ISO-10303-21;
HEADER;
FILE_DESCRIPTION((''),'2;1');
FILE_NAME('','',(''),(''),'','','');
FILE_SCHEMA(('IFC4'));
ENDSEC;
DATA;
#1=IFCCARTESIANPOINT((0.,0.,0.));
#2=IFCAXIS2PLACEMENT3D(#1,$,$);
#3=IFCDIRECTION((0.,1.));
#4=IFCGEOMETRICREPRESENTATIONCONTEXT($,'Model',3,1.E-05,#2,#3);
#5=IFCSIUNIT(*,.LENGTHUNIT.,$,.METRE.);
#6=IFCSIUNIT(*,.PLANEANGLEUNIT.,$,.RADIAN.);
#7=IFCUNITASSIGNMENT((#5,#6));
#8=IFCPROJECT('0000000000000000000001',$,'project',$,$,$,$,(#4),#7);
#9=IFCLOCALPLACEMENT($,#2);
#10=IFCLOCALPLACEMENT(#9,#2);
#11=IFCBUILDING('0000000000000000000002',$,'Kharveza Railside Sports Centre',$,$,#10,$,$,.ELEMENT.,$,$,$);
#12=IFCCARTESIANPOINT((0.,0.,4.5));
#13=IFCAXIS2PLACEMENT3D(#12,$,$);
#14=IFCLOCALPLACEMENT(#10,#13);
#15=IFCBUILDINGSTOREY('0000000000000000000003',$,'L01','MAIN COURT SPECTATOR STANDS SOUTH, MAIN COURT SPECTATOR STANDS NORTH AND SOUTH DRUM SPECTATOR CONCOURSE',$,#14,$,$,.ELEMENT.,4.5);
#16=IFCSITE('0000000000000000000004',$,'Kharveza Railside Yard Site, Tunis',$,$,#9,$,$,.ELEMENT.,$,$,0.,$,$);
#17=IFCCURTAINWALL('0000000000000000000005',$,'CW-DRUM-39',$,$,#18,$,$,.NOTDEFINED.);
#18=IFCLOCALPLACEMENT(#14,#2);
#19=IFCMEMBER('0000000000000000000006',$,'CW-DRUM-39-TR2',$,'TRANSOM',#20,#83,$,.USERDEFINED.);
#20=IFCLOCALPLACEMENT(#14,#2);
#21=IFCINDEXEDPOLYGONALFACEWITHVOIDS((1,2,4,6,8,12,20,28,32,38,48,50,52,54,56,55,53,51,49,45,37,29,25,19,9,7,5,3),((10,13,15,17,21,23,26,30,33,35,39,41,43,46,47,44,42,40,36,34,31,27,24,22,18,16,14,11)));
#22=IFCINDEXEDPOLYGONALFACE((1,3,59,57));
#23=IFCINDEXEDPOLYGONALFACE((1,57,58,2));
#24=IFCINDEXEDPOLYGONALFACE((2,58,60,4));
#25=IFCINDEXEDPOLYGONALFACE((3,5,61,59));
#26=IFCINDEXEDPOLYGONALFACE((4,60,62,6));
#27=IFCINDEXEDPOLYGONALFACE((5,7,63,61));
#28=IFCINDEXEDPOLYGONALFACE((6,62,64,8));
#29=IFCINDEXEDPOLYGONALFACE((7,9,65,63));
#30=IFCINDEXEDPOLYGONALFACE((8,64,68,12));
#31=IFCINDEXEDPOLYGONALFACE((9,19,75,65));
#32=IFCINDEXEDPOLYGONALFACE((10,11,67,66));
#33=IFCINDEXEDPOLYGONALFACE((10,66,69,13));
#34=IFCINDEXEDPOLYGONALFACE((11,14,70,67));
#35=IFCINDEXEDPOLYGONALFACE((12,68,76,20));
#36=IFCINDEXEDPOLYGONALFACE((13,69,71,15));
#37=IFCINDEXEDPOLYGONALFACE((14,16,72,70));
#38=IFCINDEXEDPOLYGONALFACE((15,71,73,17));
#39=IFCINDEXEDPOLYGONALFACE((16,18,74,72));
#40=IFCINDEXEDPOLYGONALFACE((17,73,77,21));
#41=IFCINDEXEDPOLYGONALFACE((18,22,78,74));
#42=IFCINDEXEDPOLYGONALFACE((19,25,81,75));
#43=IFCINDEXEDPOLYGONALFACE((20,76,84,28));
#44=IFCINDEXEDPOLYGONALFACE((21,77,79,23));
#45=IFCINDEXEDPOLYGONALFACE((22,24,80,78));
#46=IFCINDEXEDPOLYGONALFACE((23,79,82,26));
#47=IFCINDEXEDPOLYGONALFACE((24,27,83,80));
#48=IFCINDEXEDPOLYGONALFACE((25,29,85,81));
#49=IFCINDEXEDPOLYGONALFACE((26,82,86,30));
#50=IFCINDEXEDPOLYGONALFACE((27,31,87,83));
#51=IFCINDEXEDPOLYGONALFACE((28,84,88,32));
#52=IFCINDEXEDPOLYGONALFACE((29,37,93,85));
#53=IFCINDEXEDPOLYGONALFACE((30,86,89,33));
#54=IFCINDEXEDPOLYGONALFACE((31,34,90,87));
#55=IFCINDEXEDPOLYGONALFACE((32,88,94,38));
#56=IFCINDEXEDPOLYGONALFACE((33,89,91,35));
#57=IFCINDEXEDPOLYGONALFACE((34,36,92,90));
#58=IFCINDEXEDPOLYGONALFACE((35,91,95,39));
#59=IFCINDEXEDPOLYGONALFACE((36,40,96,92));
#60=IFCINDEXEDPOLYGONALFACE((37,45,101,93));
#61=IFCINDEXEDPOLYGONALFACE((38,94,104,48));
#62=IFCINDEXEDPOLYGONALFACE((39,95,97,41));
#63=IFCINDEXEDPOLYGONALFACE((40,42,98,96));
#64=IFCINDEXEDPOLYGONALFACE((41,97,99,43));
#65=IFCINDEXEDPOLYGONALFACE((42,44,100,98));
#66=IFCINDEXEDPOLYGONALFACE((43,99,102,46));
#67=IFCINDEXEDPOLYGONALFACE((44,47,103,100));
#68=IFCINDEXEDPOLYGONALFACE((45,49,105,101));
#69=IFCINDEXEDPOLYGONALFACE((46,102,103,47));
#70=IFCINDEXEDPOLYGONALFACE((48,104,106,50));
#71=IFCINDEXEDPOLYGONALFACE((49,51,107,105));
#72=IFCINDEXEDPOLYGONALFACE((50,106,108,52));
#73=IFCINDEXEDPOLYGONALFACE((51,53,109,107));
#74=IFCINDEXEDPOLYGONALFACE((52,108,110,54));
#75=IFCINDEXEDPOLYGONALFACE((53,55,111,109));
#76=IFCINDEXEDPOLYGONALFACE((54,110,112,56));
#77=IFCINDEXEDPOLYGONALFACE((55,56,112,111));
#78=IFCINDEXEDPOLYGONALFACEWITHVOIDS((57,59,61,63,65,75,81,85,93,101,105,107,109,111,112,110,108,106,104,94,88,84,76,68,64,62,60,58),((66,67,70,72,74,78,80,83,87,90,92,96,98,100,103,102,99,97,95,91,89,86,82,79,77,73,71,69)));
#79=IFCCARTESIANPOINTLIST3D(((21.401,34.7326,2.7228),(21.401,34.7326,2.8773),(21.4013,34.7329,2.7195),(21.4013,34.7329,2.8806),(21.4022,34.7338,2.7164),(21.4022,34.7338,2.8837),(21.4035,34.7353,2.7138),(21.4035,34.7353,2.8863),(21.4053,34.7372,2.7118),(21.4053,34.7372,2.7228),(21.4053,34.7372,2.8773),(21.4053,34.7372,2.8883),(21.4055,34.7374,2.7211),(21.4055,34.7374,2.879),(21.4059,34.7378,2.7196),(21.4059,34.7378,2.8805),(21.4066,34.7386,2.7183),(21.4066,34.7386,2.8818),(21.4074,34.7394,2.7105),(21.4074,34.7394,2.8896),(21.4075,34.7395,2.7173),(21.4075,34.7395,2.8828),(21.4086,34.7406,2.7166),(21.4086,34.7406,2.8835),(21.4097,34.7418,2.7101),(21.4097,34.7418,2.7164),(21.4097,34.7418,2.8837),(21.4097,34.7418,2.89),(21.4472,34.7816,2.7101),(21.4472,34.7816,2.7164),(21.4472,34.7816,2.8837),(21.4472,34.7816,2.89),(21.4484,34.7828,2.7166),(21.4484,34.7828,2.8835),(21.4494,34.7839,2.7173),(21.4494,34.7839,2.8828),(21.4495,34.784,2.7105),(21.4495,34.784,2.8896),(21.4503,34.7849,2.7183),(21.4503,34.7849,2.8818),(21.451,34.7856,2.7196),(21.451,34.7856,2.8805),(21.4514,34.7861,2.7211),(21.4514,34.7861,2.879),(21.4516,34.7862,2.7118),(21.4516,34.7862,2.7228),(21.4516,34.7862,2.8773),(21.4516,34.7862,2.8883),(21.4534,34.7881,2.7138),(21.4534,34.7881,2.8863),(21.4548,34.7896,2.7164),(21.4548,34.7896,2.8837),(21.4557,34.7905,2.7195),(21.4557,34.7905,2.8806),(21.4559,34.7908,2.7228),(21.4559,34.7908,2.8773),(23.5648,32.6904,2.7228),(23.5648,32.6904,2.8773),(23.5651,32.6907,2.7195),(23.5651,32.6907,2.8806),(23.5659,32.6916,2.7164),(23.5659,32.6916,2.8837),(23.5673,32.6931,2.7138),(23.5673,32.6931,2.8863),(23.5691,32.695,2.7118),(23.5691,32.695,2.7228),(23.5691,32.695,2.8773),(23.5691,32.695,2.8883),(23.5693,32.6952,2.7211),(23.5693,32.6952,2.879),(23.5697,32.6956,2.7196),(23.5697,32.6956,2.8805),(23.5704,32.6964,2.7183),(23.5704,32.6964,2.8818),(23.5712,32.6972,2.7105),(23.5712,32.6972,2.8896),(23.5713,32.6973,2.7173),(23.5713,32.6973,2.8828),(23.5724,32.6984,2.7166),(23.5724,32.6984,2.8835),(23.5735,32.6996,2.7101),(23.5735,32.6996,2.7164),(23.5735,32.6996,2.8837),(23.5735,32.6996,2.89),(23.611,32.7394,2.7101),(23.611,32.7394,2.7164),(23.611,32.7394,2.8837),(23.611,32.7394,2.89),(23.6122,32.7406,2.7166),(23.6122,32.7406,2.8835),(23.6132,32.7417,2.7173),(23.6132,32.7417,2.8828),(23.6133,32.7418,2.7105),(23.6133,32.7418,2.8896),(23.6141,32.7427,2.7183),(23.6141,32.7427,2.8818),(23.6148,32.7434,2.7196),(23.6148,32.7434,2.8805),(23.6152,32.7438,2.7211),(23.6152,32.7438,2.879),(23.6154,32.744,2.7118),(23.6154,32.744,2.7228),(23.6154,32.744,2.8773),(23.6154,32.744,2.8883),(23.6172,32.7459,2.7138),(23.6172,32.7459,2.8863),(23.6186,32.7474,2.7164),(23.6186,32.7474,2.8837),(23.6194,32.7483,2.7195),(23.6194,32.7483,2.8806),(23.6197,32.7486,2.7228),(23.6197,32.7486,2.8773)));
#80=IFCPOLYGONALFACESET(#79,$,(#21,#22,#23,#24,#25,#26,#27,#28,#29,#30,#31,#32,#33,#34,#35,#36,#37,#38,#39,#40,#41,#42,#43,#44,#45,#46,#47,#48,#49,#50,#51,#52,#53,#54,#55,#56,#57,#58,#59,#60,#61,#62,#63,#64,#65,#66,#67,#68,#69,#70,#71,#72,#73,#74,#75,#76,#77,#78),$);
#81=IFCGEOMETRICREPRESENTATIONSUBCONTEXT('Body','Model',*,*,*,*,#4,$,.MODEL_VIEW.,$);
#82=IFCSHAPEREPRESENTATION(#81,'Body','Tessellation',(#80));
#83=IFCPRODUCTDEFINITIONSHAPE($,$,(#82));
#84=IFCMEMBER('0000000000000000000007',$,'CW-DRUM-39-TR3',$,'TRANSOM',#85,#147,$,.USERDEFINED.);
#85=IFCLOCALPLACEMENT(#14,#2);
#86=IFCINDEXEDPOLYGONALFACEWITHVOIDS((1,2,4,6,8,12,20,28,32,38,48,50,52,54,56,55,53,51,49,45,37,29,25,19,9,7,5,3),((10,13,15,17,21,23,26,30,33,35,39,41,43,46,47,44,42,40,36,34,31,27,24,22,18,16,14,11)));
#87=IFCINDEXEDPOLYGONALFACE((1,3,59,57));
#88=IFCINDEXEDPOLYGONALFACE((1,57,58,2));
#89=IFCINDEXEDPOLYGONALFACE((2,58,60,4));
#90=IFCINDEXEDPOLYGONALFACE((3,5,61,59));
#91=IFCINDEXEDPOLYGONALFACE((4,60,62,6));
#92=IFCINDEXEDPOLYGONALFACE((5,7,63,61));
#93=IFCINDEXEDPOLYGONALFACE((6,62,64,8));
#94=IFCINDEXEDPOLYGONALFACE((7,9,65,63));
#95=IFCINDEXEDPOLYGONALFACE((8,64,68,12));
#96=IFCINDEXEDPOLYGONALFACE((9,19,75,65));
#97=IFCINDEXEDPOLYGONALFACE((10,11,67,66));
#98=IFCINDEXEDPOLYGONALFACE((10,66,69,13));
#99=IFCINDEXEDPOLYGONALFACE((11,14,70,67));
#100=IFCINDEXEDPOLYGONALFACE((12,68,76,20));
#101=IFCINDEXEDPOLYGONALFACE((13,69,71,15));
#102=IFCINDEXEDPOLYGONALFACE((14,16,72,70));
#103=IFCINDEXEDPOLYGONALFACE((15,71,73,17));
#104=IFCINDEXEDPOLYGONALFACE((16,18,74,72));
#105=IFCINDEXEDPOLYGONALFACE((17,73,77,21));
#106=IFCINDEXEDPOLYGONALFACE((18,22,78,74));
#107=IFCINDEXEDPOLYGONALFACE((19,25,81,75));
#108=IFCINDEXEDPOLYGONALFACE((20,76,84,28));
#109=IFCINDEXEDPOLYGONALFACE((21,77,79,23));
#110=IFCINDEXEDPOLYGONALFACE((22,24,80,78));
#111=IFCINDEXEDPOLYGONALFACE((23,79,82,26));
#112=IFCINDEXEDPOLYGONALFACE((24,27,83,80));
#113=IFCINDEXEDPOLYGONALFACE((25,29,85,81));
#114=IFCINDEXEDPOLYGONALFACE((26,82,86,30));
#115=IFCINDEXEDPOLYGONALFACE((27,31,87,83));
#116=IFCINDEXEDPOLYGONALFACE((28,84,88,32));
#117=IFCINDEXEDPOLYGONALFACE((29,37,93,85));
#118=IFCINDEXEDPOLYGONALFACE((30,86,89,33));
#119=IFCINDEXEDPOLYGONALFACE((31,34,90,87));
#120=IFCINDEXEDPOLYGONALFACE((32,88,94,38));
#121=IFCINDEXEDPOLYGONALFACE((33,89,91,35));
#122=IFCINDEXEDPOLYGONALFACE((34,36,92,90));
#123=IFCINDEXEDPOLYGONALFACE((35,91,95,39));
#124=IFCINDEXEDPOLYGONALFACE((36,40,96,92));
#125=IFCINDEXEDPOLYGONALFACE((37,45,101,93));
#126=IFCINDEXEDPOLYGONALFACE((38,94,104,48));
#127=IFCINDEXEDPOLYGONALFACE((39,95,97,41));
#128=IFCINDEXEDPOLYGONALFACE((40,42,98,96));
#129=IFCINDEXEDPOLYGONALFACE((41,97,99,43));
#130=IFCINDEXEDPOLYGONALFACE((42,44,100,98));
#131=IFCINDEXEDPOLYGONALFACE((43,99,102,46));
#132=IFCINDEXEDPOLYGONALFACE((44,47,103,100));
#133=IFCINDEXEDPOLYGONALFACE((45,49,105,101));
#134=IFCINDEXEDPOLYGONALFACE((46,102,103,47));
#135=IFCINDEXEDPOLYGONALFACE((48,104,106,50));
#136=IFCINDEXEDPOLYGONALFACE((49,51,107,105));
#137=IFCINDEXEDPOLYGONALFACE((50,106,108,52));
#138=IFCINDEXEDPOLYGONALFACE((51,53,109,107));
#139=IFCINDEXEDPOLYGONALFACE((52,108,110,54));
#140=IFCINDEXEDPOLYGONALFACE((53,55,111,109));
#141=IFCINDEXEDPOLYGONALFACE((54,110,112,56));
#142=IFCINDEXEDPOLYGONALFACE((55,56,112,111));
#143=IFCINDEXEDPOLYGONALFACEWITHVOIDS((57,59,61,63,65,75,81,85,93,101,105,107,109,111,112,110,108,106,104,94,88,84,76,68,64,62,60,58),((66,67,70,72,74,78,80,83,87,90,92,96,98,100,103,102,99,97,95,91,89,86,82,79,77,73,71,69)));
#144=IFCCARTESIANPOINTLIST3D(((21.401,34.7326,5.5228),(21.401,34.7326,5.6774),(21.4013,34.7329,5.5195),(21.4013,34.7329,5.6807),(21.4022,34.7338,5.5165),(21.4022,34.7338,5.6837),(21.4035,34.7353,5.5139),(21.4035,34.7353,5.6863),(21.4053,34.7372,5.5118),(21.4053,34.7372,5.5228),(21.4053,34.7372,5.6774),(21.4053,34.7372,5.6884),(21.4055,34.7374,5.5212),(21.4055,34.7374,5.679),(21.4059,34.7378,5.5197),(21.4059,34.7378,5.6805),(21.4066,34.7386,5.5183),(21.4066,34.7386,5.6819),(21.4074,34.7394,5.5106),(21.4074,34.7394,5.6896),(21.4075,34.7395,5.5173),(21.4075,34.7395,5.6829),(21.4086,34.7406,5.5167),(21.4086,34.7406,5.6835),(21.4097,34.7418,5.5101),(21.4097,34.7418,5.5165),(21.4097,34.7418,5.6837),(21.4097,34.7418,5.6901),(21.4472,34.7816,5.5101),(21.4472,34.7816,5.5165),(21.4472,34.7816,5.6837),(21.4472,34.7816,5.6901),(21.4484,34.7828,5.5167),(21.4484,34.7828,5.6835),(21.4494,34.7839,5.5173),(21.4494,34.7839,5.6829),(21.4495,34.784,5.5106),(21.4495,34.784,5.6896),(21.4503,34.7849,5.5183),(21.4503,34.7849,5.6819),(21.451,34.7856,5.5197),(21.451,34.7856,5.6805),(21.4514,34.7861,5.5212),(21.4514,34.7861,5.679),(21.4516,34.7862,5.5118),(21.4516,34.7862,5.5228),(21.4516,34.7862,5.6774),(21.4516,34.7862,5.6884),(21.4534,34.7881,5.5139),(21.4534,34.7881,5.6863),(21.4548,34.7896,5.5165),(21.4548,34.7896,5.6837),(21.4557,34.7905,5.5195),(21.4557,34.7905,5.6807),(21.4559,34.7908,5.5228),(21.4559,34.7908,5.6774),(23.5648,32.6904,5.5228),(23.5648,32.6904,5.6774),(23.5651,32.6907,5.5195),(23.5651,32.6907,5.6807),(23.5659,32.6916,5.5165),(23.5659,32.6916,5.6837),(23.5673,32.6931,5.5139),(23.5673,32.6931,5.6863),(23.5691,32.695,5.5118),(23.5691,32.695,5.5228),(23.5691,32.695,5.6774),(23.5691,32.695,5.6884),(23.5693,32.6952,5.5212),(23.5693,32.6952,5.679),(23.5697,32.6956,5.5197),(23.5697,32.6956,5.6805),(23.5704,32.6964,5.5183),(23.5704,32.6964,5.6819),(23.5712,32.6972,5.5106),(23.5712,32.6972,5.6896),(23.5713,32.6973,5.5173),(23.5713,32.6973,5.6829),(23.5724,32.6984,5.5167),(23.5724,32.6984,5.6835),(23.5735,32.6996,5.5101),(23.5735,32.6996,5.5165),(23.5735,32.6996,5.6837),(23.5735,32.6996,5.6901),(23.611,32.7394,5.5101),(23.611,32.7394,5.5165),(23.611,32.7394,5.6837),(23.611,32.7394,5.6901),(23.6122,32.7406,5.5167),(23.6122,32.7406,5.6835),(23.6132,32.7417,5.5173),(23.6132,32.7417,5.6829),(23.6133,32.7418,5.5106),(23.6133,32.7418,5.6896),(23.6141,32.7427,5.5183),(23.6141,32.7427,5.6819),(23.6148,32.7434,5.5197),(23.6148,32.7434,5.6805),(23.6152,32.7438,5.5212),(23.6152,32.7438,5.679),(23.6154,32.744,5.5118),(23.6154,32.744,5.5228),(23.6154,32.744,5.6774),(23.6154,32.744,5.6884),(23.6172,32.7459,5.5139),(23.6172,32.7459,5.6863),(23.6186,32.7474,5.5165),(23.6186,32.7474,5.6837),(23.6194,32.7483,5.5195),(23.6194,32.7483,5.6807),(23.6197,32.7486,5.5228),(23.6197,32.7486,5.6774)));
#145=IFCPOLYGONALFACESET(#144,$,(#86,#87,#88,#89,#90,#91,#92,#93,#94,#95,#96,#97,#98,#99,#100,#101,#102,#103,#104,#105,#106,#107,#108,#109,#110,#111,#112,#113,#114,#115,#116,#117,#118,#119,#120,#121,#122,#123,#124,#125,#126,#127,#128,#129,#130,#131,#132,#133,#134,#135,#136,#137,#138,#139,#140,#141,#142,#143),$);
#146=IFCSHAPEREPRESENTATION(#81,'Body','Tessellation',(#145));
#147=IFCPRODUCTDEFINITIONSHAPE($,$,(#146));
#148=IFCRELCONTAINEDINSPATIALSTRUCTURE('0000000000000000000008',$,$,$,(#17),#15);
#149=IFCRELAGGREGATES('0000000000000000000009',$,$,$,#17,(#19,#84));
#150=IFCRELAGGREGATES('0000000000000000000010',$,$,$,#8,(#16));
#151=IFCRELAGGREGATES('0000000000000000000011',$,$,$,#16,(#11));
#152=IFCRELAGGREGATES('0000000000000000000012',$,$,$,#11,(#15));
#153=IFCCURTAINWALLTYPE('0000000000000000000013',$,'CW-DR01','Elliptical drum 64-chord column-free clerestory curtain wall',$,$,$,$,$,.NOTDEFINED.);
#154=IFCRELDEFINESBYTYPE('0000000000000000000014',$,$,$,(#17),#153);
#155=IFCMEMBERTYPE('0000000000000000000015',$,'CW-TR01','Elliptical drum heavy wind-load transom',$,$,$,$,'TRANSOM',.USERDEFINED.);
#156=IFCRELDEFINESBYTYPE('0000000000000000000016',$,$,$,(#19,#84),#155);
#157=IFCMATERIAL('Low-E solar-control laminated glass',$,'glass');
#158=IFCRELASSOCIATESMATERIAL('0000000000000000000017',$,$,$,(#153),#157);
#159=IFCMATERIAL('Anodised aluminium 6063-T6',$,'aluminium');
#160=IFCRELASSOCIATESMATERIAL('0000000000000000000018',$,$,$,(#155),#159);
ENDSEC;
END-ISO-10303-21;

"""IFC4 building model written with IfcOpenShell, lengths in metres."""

from ifc_helpers import new_model, si_unit, direction, frame, origin, origin_2d, place, context, subcontext, project, spatial, hollow_rectangle, extrude, material, material_profile, profile_set, type_object, element, aggregate, save


model = new_model("IFC4")

# Units and contexts
model_context = context("Model", 3, precision=1e-05, world=origin(), true_north=direction((0.0, 1.0)))
body_context = subcontext(model_context, "Body", "Model", "MODEL_VIEW")
ifc_project = project(units=[si_unit("LENGTHUNIT", "METRE"), si_unit("PLANEANGLEUNIT", "RADIAN")], contexts=[model_context])

# Site, building, storey
site_placement = place(None, origin())
site = spatial("IfcSite", under=ifc_project, at=site_placement, Name="Kharveza Railside Yard Site, Tunis", CompositionType="ELEMENT", RefElevation=0.0)
building_placement = place(site_placement, origin())
building = spatial("IfcBuilding", under=site, at=building_placement, Name="Kharveza Railside Sports Centre", CompositionType="ELEMENT")
storey_placement = place(building_placement, frame((0.0, 0.0, 4.5)))
storey = spatial("IfcBuildingStorey", under=building, at=storey_placement, Name="L01", Description="MAIN COURT SPECTATOR STANDS SOUTH, MAIN COURT SPECTATOR STANDS NORTH AND SOUTH DRUM SPECTATOR CONCOURSE", CompositionType="ELEMENT", Elevation=4.5)

# Shared definitions
ifc_material_1 = material(Name="Low-E solar-control laminated glass", Category="glass")
curtain_wall_type = type_object("IfcCurtainWallType", Name="CW-DR01", Description="Elliptical drum 64-chord column-free clerestory curtain wall", PredefinedType="NOTDEFINED", material=ifc_material_1)
ifc_material_2 = material(Name="Anodised aluminium 6063-T6", Category="aluminium")

# Curtain wall
curtain_wall_1_placement = place(storey_placement, origin())
curtain_wall_1 = element("IfcCurtainWall", 1, at=curtain_wall_1_placement, inside=storey, type_object=curtain_wall_type, Name="CW-DRUM-39", PredefinedType="NOTDEFINED")

# Members
ifc_material_profile_1 = material_profile(ifc_material_2, hollow_rectangle(XDim=0.0801, YDim=0.1799, WallThickness=0.0063, InnerFilletRadius=0.0063, OuterFilletRadius=0.0127, at=origin_2d()), Name="RHS 80x180x6.3")
ifc_profile_set_1 = profile_set([ifc_material_profile_1], Name="Anodised aluminium 6063-T6")
member_type_1 = type_object("IfcMemberType", Name="CW-TR01", Description="Elliptical drum heavy wind-load transom", ElementType="TRANSOM", PredefinedType="USERDEFINED", material=ifc_profile_set_1)
member_1_placement = place(storey_placement, frame((21.4285, 34.7617, 2.8), z_axis=(0.727243, -0.68638, 0.0), x_axis=(0.68638, 0.727243, 0.0)))
member_1 = element("IfcMember", 2, at=member_1_placement, type_object=member_type_1, Name="CW-DRUM-39-TR2", ObjectType="TRANSOM", PredefinedType="USERDEFINED", context=body_context, shape_type="SweptSolid", body=[
    extrude(hollow_rectangle(XDim=0.0801, YDim=0.1799, WallThickness=0.0063, InnerFilletRadius=0.0063, OuterFilletRadius=0.0127, at=origin_2d()), origin(), (0.0, 0.0, 1.0), 2.9753),
])
member_2_placement = place(storey_placement, frame((21.4285, 34.7617, 5.6001), z_axis=(0.727243, -0.68638, 0.0), x_axis=(0.68638, 0.727243, 0.0)))
member_2 = element("IfcMember", 3, at=member_2_placement, type_object=member_type_1, Name="CW-DRUM-39-TR3", ObjectType="TRANSOM", PredefinedType="USERDEFINED", context=body_context, shape_type="SweptSolid", body=[
    extrude(hollow_rectangle(XDim=0.0801, YDim=0.1799, WallThickness=0.0063, InnerFilletRadius=0.0063, OuterFilletRadius=0.0127, at=origin_2d()), origin(), (0.0, 0.0, 1.0), 2.9753),
])

aggregate(curtain_wall_1, [member_1, member_2])

save(model, "model.ifc")
